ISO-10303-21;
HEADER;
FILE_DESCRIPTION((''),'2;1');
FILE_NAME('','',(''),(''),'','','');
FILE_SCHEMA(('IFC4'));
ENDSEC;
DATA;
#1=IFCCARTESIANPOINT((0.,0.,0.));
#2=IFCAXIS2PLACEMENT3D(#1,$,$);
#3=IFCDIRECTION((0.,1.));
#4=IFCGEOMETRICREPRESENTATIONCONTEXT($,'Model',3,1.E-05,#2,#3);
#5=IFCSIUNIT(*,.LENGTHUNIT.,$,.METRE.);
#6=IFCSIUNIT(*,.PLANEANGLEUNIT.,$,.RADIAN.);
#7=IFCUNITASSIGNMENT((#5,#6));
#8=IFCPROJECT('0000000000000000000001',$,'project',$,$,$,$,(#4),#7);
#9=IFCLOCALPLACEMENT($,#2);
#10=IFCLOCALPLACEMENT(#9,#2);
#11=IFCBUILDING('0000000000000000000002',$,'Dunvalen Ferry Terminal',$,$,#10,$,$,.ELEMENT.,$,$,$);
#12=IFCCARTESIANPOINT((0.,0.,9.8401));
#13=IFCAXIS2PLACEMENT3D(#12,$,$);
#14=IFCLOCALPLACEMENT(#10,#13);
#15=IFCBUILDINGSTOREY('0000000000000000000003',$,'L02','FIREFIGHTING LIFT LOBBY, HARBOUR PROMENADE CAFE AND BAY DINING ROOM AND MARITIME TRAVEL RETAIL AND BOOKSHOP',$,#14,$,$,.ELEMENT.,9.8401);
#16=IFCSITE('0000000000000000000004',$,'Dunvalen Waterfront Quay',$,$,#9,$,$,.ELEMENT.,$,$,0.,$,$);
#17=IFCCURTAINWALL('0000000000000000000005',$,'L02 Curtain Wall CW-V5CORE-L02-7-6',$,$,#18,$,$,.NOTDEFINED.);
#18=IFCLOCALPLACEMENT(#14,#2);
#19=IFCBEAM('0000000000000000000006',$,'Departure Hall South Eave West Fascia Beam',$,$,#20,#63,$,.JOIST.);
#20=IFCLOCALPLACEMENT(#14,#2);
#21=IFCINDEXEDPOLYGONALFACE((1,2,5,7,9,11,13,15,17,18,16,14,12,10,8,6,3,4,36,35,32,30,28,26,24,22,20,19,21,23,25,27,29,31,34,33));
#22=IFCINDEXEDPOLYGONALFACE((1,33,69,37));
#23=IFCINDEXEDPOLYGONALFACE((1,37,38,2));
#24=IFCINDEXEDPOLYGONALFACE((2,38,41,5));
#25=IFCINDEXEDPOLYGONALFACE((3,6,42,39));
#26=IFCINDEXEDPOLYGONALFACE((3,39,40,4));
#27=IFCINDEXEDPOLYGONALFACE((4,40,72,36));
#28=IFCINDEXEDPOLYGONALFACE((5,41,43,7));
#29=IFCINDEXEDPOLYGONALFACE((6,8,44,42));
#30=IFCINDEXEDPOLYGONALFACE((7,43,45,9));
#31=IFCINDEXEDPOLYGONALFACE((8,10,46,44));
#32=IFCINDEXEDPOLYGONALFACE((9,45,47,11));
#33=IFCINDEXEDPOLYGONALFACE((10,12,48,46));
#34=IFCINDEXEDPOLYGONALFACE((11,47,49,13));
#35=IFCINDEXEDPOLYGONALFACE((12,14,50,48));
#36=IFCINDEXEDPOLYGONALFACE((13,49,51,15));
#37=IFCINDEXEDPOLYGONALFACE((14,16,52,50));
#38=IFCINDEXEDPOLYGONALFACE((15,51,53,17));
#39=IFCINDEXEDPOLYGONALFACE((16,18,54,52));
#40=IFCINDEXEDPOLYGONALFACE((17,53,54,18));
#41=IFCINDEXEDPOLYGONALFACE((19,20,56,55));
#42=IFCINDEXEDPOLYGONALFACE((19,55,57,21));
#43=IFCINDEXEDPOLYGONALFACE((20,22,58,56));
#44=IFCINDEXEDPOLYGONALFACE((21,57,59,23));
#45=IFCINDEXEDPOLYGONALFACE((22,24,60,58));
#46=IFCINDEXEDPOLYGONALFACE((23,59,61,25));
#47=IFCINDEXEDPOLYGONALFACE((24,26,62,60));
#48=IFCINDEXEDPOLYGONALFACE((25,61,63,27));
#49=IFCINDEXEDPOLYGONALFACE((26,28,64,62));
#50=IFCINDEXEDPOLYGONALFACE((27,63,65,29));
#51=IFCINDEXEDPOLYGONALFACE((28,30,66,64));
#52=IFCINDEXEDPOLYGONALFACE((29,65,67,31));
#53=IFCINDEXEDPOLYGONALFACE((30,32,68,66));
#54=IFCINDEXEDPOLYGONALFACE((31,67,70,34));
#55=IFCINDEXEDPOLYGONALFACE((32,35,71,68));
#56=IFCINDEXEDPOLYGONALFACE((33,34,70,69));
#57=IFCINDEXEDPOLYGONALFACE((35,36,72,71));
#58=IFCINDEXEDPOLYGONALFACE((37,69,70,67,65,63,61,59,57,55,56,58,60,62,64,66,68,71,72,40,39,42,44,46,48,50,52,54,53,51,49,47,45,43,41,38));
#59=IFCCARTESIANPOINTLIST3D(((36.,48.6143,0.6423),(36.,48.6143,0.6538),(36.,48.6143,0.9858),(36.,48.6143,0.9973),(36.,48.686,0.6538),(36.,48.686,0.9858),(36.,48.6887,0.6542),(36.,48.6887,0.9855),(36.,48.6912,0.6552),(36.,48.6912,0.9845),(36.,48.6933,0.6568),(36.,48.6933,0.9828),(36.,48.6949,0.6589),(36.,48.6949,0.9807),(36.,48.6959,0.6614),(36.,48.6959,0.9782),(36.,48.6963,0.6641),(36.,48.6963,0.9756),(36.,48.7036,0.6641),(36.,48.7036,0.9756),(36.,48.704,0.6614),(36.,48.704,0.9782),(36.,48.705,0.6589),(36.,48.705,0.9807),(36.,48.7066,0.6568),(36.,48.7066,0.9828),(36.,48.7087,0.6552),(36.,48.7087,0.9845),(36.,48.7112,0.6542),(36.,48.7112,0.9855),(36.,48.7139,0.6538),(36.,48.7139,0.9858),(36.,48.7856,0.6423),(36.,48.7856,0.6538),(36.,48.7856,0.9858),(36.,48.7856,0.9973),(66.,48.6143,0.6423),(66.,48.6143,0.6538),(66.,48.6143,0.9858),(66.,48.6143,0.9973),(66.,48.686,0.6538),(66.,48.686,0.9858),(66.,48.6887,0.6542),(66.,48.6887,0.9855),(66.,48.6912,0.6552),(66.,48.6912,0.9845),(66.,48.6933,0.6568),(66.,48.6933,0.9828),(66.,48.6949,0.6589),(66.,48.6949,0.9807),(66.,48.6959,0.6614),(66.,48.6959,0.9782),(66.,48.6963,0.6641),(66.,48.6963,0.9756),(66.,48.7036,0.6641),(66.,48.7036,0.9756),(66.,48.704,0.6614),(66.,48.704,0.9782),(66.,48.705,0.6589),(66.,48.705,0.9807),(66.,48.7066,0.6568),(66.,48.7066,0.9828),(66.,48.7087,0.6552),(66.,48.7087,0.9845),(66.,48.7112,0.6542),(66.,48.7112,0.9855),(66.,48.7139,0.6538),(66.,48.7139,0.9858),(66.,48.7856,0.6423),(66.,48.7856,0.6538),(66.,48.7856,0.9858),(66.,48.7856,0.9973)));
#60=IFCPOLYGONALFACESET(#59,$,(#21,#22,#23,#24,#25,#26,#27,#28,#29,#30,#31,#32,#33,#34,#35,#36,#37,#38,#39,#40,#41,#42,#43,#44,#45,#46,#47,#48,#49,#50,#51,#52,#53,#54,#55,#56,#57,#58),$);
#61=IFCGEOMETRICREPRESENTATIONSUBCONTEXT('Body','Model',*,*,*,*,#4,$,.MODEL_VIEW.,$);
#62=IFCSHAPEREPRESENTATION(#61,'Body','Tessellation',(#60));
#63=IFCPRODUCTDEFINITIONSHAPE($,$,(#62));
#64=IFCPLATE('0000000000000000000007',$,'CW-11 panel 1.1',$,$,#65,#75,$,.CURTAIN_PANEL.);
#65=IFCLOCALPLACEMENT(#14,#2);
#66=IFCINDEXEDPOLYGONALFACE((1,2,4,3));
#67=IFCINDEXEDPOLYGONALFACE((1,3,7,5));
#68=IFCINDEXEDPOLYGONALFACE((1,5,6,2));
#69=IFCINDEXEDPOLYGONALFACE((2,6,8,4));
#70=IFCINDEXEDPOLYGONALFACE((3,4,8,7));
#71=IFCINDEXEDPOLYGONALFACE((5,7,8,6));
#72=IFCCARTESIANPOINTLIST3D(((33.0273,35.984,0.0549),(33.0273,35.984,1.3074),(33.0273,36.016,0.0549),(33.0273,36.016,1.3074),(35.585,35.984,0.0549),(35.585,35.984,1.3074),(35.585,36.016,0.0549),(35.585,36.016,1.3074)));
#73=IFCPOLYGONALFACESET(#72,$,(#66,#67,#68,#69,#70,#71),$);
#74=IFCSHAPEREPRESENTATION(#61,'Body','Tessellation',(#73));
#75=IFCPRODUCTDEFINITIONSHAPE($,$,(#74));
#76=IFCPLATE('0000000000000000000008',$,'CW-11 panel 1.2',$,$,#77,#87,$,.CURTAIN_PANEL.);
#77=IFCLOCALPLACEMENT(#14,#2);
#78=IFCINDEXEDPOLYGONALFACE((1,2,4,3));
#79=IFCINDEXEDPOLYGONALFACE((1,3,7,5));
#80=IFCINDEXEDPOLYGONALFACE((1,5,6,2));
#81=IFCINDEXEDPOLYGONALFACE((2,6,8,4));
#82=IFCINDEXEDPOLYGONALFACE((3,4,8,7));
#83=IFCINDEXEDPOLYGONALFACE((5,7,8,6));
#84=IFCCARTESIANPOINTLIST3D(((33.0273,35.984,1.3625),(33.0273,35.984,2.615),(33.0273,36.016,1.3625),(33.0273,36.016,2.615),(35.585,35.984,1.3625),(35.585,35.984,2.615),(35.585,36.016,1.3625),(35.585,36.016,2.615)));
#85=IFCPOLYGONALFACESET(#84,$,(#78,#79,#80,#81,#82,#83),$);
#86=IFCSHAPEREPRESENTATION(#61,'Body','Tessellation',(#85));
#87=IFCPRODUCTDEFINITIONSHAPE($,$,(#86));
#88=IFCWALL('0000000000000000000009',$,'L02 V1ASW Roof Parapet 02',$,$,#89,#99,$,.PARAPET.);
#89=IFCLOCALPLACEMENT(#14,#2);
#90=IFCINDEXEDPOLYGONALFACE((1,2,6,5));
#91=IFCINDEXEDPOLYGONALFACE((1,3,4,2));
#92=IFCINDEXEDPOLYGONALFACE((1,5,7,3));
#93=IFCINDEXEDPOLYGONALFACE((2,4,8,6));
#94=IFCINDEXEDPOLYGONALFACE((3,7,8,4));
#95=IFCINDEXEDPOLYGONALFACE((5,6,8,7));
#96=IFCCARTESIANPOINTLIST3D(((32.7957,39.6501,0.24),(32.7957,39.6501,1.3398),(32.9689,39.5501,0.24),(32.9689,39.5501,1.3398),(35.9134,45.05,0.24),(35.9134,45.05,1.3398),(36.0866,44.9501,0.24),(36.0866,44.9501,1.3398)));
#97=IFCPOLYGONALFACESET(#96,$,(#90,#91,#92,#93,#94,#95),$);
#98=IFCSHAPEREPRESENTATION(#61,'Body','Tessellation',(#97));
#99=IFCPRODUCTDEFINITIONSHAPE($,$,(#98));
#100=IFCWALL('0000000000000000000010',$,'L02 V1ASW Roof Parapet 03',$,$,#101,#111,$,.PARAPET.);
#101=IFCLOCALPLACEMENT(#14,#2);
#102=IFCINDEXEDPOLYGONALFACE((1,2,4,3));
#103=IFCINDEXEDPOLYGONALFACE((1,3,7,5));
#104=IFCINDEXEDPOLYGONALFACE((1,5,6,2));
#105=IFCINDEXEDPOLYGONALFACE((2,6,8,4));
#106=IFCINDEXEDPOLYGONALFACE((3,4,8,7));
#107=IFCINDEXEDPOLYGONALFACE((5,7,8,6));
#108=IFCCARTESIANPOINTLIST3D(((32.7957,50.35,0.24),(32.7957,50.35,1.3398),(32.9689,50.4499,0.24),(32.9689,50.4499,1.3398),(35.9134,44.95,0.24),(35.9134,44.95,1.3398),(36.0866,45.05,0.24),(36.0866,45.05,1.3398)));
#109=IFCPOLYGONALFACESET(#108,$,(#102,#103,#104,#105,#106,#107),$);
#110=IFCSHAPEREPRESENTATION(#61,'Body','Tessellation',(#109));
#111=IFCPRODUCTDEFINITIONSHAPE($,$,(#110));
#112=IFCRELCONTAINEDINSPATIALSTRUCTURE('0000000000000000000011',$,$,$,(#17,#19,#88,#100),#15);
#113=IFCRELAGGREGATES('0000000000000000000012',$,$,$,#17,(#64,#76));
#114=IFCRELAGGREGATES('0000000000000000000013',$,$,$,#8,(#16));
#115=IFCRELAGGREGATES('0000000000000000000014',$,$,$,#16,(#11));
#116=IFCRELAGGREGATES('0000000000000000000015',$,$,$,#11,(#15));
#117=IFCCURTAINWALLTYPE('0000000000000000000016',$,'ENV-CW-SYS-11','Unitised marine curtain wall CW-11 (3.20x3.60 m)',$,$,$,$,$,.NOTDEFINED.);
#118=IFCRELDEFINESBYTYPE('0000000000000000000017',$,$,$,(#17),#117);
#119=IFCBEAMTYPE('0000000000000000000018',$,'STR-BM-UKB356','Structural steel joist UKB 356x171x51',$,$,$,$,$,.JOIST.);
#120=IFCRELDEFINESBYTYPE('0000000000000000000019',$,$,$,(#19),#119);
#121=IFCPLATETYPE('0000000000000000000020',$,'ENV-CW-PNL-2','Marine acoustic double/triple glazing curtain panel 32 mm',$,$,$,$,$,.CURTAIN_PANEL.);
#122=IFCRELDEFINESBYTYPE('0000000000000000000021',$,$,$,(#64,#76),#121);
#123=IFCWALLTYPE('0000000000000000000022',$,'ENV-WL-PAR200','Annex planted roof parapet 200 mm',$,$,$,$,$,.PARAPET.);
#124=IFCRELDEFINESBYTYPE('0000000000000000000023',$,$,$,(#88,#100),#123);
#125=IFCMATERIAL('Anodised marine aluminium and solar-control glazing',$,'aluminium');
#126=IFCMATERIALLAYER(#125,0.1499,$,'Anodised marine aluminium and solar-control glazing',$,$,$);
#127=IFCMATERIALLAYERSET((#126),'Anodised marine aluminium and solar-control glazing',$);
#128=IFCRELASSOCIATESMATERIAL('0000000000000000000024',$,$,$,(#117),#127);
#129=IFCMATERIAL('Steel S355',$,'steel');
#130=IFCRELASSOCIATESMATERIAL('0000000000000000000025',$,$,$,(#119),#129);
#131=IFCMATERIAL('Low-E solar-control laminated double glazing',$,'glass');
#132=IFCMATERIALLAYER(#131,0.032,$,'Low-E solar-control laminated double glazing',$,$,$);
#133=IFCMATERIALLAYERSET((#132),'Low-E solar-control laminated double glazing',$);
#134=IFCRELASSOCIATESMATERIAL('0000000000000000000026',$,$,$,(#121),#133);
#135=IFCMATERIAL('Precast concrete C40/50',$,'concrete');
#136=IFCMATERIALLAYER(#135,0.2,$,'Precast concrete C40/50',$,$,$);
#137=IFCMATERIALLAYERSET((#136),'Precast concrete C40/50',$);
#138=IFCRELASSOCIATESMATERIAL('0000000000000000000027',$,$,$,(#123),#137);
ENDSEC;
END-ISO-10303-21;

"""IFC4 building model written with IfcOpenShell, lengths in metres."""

from ifc_helpers import new_model, si_unit, direction, frame, frame_2d, origin, origin_2d, place, context, subcontext, project, spatial, rectangle, i_section, extrude, material, layer, layer_set, material_profile, profile_set, type_object, element, aggregate, save


model = new_model("IFC4")

# Units and contexts
model_context = context("Model", 3, precision=1e-05, world=origin(), true_north=direction((0.0, 1.0)))
body_context = subcontext(model_context, "Body", "Model", "MODEL_VIEW")
ifc_project = project(units=[si_unit("LENGTHUNIT", "METRE"), si_unit("PLANEANGLEUNIT", "RADIAN")], contexts=[model_context])

# Site, building, storey
site_placement = place(None, origin())
site = spatial("IfcSite", under=ifc_project, at=site_placement, Name="Dunvalen Waterfront Quay", CompositionType="ELEMENT", RefElevation=0.0)
building_placement = place(site_placement, origin())
building = spatial("IfcBuilding", under=site, at=building_placement, Name="Dunvalen Ferry Terminal", CompositionType="ELEMENT")
storey_placement = place(building_placement, frame((0.0, 0.0, 9.8401)))
storey = spatial("IfcBuildingStorey", under=building, at=storey_placement, Name="L02", Description="FIREFIGHTING LIFT LOBBY, HARBOUR PROMENADE CAFE AND BAY DINING ROOM AND MARITIME TRAVEL RETAIL AND BOOKSHOP", CompositionType="ELEMENT", Elevation=9.8401)

# Shared definitions
ifc_material_1 = material(Name="Anodised marine aluminium and solar-control glazing", Category="aluminium")

# Curtain wall
ifc_layer_1 = layer(ifc_material_1, 0.1499, Name="Anodised marine aluminium and solar-control glazing")
ifc_layer_set_1 = layer_set([ifc_layer_1], Name="Anodised marine aluminium and solar-control glazing")
curtain_wall_type_1 = type_object("IfcCurtainWallType", Name="ENV-CW-SYS-11", Description="Unitised marine curtain wall CW-11 (3.20x3.60 m)", PredefinedType="NOTDEFINED", material=ifc_layer_set_1)
curtain_wall_1_placement = place(storey_placement, origin())
curtain_wall_1 = element("IfcCurtainWall", 1, at=curtain_wall_1_placement, inside=storey, type_object=curtain_wall_type_1, Name="L02 Curtain Wall CW-V5CORE-L02-7-6", PredefinedType="NOTDEFINED")

# Beam
ifc_material_2 = material(Name="Steel S355", Category="steel")
ifc_material_profile_1 = material_profile(ifc_material_2, i_section(OverallWidth=0.1714, OverallDepth=0.355, WebThickness=0.0073, FlangeThickness=0.0115, FilletRadius=0.0103, at=origin_2d()), Name="Steel S355")
ifc_profile_set_1 = profile_set([ifc_material_profile_1], Name="Steel S355")
beam_type_1 = type_object("IfcBeamType", Name="STR-BM-UKB356", Description="Structural steel joist UKB 356x171x51", PredefinedType="JOIST", material=ifc_profile_set_1)
beam_1_placement = place(storey_placement, frame((36.0, 48.7, 0.8198), z_axis=(1.0, 0.0, 0.0), x_axis=(0.0, 1.0, 0.0)))
element("IfcBeam", 2, at=beam_1_placement, inside=storey, type_object=beam_type_1, Name="Departure Hall South Eave West Fascia Beam", PredefinedType="JOIST", context=body_context, shape_type="SweptSolid", body=[
    extrude(i_section(OverallWidth=0.1714, OverallDepth=0.355, WebThickness=0.0073, FlangeThickness=0.0115, FilletRadius=0.0103, at=origin_2d()), origin(), (0.0, 0.0, 1.0), 30.0),
])

# Plates
ifc_material_3 = material(Name="Low-E solar-control laminated double glazing", Category="glass")
ifc_layer_2 = layer(ifc_material_3, 0.032, Name="Low-E solar-control laminated double glazing")
ifc_layer_set_2 = layer_set([ifc_layer_2], Name="Low-E solar-control laminated double glazing")
plate_type = type_object("IfcPlateType", Name="ENV-CW-PNL-2", Description="Marine acoustic double/triple glazing curtain panel 32 mm", PredefinedType="CURTAIN_PANEL", material=ifc_layer_set_2)
plate_1_placement = place(storey_placement, frame((34.3062, 36.0, 0.0549), z_axis=(0.0, 0.0, 1.0), x_axis=(-1.0, 0.0, 0.0)))
plate_1 = element("IfcPlate", 3, at=plate_1_placement, type_object=plate_type, Name="CW-11 panel 1.1", PredefinedType="CURTAIN_PANEL", context=body_context, shape_type="SweptSolid", body=[
    extrude(rectangle(XDim=2.5576, YDim=0.032, at=origin_2d()), origin(), (0.0, 0.0, 1.0), 1.2524),
])
plate_2_placement = place(storey_placement, frame((34.3062, 36.0, 1.3625), z_axis=(0.0, 0.0, 1.0), x_axis=(-1.0, 0.0, 0.0)))
plate_2 = element("IfcPlate", 4, at=plate_2_placement, type_object=plate_type, Name="CW-11 panel 1.2", PredefinedType="CURTAIN_PANEL", context=body_context, shape_type="SweptSolid", body=[
    extrude(rectangle(XDim=2.5576, YDim=0.032, at=origin_2d()), origin(), (0.0, 0.0, 1.0), 1.2524),
])
aggregate(curtain_wall_1, [plate_1, plate_2])

# Walls
ifc_material_4 = material(Name="Precast concrete C40/50", Category="concrete")
ifc_layer_3 = layer(ifc_material_4, 0.2, Name="Precast concrete C40/50")
ifc_layer_set_3 = layer_set([ifc_layer_3], Name="Precast concrete C40/50")
wall_type = type_object("IfcWallType", Name="ENV-WL-PAR200", Description="Annex planted roof parapet 200 mm", PredefinedType="PARAPET", material=ifc_layer_set_3)
for number, where, z_axis, x_axis, name in (
    (5, (32.8823, 39.6001, 0.24), (0.0, 0.0, 1.0), (0.500005, 0.866023, 0.0), "L02 V1ASW Roof Parapet 02"),
    (6, (36.0, 45.0, 0.24), (0.0, 0.0, 1.0), (-0.500005, 0.866023, 0.0), "L02 V1ASW Roof Parapet 03"),
):
    element("IfcWall", number, at=place(storey_placement, frame(where, z_axis=z_axis, x_axis=x_axis)), inside=storey, type_object=wall_type, Name=name, PredefinedType="PARAPET", context=body_context, shape_type="SweptSolid", body=[
        extrude(rectangle(XDim=6.2354, YDim=0.2, at=frame_2d((3.1177, 0.0))), origin(), (0.0, 0.0, 1.0), 1.0999),
    ])

save(model, "model.ifc")
